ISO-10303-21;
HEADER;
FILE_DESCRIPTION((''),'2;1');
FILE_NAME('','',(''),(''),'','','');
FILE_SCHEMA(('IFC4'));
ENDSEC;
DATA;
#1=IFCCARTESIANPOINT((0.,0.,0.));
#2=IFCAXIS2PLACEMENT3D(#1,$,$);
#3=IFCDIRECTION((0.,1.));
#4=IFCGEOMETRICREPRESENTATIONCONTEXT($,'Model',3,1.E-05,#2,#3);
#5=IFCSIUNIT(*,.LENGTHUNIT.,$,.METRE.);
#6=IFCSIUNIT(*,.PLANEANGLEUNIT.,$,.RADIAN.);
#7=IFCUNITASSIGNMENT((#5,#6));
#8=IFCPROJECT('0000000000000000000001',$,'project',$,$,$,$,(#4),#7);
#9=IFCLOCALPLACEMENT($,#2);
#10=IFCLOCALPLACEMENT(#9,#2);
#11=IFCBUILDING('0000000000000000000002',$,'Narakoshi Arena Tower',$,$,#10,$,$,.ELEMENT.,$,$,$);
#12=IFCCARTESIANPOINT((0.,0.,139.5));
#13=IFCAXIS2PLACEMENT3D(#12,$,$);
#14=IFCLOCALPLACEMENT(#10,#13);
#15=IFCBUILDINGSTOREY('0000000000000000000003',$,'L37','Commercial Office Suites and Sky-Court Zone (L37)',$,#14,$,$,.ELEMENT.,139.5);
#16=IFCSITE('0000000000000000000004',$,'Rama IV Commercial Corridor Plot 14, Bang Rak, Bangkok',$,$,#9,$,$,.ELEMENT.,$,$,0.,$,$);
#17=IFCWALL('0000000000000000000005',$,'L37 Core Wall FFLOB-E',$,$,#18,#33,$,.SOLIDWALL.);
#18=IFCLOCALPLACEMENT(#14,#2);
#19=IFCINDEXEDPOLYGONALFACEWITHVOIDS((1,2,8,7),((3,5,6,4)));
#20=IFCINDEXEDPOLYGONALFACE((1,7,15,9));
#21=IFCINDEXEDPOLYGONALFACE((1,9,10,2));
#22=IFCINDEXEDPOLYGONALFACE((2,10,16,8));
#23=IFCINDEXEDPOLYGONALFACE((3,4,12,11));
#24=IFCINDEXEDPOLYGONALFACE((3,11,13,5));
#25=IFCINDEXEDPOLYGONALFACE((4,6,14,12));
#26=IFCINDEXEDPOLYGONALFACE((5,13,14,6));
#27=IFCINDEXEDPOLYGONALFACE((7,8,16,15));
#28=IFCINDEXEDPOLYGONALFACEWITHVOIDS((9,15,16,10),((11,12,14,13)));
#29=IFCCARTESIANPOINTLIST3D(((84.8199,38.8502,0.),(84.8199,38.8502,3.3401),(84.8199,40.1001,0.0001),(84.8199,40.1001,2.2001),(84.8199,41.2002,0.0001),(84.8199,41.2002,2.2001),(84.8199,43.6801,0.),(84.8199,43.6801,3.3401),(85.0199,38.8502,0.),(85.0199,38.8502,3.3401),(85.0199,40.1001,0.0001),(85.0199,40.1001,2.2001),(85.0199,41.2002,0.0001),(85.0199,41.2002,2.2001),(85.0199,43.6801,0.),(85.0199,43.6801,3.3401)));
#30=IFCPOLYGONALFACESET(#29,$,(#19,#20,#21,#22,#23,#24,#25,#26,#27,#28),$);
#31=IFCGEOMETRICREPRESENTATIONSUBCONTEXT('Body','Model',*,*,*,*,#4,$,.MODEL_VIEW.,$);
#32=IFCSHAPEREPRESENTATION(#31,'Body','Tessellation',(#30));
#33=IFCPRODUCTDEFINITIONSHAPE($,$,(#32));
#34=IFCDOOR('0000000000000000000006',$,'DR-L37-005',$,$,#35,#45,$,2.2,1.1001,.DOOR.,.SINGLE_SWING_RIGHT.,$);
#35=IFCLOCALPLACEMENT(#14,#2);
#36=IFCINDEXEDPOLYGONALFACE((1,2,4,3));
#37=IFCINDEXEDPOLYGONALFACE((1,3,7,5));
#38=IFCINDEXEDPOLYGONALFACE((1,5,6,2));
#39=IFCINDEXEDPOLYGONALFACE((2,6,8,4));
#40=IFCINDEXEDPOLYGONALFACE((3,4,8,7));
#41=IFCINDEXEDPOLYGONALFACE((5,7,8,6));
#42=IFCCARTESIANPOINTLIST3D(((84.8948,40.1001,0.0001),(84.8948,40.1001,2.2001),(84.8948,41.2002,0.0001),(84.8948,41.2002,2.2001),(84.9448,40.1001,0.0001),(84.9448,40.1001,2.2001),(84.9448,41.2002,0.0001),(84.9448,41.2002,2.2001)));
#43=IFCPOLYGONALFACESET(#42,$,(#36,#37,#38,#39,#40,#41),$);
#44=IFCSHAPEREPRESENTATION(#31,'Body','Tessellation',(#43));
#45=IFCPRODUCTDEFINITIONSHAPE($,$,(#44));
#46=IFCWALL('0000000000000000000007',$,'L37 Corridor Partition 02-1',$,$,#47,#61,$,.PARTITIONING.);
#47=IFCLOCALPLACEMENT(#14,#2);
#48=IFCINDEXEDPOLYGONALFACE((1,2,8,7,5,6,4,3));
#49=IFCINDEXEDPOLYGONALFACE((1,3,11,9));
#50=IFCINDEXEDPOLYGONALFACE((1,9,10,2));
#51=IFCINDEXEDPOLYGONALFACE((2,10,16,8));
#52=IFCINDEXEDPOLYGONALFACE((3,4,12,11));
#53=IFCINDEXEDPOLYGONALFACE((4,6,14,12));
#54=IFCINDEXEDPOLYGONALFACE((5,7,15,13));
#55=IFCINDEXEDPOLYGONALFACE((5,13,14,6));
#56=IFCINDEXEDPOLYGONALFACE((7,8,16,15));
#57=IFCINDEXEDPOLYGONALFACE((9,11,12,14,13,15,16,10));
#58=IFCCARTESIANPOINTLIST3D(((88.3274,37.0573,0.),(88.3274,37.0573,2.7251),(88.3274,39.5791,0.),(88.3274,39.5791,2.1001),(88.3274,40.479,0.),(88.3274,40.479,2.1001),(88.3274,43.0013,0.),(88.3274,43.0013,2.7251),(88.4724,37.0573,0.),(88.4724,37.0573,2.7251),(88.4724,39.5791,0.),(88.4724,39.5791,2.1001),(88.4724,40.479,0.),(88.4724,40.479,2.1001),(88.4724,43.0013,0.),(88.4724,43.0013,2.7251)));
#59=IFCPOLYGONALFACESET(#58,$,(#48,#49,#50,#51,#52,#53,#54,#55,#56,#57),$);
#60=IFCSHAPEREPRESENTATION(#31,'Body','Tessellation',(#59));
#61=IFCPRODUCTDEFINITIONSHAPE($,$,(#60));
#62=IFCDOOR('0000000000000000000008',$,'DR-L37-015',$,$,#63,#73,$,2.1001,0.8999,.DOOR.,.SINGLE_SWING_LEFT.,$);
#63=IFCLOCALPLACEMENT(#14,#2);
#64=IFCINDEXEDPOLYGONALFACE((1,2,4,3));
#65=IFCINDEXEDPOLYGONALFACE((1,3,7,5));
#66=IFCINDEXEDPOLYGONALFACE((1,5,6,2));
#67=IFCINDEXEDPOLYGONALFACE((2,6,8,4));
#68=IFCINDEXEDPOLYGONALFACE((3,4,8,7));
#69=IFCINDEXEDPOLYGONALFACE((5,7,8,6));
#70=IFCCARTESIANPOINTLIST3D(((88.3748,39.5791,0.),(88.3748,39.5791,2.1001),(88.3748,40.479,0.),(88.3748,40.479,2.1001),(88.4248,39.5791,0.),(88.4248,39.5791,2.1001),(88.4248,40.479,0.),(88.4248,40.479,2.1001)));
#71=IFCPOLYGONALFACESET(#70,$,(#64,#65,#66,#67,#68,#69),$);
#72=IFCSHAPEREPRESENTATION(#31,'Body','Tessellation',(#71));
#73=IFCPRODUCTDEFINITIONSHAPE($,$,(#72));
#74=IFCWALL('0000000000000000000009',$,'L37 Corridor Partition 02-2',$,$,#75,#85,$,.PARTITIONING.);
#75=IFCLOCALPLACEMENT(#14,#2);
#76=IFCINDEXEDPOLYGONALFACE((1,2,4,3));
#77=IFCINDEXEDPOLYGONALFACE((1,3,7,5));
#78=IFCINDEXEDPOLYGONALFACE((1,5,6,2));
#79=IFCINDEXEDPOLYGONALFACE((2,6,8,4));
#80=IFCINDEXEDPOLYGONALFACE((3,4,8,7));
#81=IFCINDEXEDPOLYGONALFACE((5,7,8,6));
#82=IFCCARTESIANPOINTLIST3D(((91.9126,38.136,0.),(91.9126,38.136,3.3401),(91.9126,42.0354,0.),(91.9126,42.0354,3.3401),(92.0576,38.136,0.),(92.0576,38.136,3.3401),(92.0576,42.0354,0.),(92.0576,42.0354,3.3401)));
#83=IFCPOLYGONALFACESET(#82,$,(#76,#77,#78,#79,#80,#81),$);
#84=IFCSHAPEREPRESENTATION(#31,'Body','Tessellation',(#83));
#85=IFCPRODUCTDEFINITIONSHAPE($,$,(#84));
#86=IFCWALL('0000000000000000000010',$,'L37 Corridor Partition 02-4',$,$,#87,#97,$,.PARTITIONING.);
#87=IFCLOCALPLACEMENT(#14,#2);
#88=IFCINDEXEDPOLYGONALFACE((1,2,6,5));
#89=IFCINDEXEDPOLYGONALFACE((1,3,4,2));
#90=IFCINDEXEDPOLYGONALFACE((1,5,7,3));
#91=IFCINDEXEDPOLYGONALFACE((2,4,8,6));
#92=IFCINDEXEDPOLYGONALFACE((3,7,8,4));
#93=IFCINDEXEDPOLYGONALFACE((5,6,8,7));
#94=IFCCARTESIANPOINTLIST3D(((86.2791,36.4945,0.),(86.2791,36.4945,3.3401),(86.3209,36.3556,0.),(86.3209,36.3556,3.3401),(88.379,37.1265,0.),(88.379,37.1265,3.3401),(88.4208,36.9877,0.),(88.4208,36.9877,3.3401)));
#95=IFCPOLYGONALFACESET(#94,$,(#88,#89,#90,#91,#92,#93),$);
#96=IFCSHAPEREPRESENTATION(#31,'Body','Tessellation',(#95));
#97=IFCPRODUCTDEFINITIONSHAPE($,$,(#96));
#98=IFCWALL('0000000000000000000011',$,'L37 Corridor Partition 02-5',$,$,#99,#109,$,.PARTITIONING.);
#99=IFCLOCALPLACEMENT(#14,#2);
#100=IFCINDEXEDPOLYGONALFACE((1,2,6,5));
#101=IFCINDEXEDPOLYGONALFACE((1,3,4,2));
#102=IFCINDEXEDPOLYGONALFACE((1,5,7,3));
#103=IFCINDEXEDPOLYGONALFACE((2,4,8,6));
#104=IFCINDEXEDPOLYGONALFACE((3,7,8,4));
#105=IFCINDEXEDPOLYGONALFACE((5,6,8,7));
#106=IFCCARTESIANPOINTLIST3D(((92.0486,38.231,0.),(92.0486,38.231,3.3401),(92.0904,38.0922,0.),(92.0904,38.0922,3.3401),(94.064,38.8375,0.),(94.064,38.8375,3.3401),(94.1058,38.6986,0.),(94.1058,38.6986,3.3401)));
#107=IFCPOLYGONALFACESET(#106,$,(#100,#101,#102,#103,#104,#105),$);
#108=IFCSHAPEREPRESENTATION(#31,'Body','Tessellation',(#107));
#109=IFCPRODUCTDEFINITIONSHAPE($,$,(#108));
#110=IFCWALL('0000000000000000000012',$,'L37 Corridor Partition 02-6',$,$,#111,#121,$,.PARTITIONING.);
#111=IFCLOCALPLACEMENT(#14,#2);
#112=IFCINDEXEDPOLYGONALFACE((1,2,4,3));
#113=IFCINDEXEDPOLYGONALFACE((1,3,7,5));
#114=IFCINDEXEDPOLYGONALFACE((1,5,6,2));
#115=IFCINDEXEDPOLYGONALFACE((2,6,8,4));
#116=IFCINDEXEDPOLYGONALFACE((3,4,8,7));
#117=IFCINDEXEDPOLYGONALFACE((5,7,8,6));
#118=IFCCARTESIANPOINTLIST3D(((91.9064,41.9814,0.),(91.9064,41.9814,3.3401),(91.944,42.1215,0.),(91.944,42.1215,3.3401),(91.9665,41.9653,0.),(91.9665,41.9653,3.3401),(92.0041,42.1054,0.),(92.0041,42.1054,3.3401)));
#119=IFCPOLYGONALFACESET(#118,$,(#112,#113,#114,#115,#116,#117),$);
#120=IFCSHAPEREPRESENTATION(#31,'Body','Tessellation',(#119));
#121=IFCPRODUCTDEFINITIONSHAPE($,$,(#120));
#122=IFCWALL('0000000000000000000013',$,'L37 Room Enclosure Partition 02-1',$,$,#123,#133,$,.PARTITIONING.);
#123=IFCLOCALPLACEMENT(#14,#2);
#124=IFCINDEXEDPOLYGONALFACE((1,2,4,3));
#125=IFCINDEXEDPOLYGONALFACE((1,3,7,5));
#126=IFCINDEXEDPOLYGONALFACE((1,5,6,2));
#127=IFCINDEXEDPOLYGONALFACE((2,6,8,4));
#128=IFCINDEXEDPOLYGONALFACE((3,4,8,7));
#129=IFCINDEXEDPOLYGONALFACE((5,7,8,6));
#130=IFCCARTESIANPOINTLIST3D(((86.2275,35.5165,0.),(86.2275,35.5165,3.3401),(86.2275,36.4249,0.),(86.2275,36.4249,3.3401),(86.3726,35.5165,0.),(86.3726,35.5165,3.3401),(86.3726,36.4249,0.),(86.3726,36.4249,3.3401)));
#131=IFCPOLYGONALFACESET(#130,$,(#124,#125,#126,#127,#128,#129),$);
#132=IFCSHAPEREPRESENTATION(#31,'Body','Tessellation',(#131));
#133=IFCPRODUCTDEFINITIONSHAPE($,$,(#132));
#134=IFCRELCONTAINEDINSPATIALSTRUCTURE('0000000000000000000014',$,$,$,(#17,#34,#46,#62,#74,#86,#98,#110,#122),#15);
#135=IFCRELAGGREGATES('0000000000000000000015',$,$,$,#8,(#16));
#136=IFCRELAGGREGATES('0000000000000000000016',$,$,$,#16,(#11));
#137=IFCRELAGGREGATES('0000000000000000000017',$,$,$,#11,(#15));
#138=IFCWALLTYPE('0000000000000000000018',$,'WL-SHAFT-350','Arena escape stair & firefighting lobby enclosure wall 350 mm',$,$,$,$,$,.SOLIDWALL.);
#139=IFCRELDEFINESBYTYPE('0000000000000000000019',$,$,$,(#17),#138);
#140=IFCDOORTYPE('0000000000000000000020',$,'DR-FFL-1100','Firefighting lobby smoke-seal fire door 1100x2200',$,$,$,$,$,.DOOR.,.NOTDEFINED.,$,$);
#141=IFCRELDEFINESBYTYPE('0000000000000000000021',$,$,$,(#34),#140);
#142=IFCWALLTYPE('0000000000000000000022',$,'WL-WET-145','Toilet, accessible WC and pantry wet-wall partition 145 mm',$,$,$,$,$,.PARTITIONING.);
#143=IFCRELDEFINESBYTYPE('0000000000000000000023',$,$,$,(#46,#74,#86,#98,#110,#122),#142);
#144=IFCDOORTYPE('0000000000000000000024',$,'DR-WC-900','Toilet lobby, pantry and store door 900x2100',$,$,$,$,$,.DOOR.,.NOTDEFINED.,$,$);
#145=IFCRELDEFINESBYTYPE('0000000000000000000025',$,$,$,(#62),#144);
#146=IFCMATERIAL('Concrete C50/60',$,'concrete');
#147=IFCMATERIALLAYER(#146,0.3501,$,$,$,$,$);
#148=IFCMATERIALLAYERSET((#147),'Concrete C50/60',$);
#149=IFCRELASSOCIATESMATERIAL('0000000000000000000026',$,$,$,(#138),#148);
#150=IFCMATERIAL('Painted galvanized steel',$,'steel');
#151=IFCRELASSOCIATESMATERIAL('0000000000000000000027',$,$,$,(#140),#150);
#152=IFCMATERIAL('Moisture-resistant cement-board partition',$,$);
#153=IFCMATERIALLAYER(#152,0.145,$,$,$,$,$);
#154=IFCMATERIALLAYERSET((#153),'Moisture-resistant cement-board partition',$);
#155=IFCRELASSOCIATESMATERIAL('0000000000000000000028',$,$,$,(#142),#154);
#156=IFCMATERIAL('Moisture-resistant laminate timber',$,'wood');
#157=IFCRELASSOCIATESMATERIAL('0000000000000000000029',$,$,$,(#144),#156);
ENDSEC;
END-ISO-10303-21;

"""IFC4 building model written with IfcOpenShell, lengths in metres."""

from ifc_helpers import new_model, si_unit, direction, frame, frame_2d, origin, place, context, subcontext, project, spatial, rectangle, extrude, material, layer, layer_set, type_object, element, fill, save


model = new_model("IFC4")

# Units and contexts
model_context = context("Model", 3, precision=1e-05, world=origin(), true_north=direction((0.0, 1.0)))
body_context = subcontext(model_context, "Body", "Model", "MODEL_VIEW")
ifc_project = project(units=[si_unit("LENGTHUNIT", "METRE"), si_unit("PLANEANGLEUNIT", "RADIAN")], contexts=[model_context])

# Site, building, storey
site_placement = place(None, origin())
site = spatial("IfcSite", under=ifc_project, at=site_placement, Name="Rama IV Commercial Corridor Plot 14, Bang Rak, Bangkok", CompositionType="ELEMENT", RefElevation=0.0)
building_placement = place(site_placement, origin())
building = spatial("IfcBuilding", under=site, at=building_placement, Name="Narakoshi Arena Tower", CompositionType="ELEMENT")
storey_placement = place(building_placement, frame((0.0, 0.0, 139.5)))
storey = spatial("IfcBuildingStorey", under=building, at=storey_placement, Name="L37", Description="Commercial Office Suites and Sky-Court Zone (L37)", CompositionType="ELEMENT", Elevation=139.5)

# Shared definitions
ifc_material_1 = material(Name="Concrete C50/60", Category="concrete")
ifc_layer_1 = layer(ifc_material_1, 0.3501)
ifc_layer_set_1 = layer_set([ifc_layer_1], Name="Concrete C50/60")
wall_type_1 = type_object("IfcWallType", Name="WL-SHAFT-350", Description="Arena escape stair & firefighting lobby enclosure wall 350 mm", PredefinedType="SOLIDWALL", material=ifc_layer_set_1)

# Walls, openings, doors
wall_1_placement = place(storey_placement, frame((84.9199, 38.8501, 0.0), z_axis=(0.0, 0.0, 1.0), x_axis=(0.0, 1.0, 0.0)))
wall_1 = element("IfcWall", 1, at=wall_1_placement, inside=storey, type_object=wall_type_1, Name="L37 Core Wall FFLOB-E", PredefinedType="SOLIDWALL", context=body_context, shape_type="SweptSolid", body=[
    extrude(rectangle(XDim=4.8298, YDim=0.2, at=frame_2d((2.415, 0.0))), origin(), (0.0, 0.0, 1.0), 3.3401),
])
opening_1_placement = place(wall_1_placement, frame((1.25, 0.0, 0.0)))
opening_1 = element("IfcOpeningElement", 2, at=opening_1_placement, cuts=wall_1, PredefinedType="OPENING", context=body_context, shape_type="SweptSolid", body=[
    extrude(rectangle(XDim=1.1001, YDim=2.2, at=frame_2d((0.55, 1.1001))), frame((0.0, 0.1099, 0.0), z_axis=(0.0, -1.0, 0.0), x_axis=(1.0, 0.0, 0.0)), (0.0, 0.0, 1.0), 0.22),
])
ifc_material_2 = material(Name="Painted galvanized steel", Category="steel")
door_type_1 = type_object("IfcDoorType", Name="DR-FFL-1100", Description="Firefighting lobby smoke-seal fire door 1100x2200", OperationType="NOTDEFINED", PredefinedType="DOOR", material=ifc_material_2)
door_1_placement = place(opening_1_placement, frame((1.1001, 0.0, 0.0), z_axis=(0.0, 0.0, 1.0), x_axis=(-1.0, 0.0, 0.0)))
door_1 = element("IfcDoor", 3, at=door_1_placement, inside=storey, type_object=door_type_1, Name="DR-L37-005", OperationType="SINGLE_SWING_RIGHT", OverallHeight=2.2, OverallWidth=1.1001, PredefinedType="DOOR", context=body_context, shape_type="SweptSolid", body=[
    extrude(rectangle(XDim=1.1001, YDim=2.2, at=frame_2d((0.55, 1.1001))), frame((0.0, 0.0249, 0.0), z_axis=(0.0, -1.0, 0.0), x_axis=(1.0, 0.0, 0.0)), (0.0, 0.0, 1.0), 0.05),
])
fill(opening_1, door_1)
ifc_material_3 = material(Name="Moisture-resistant cement-board partition")
ifc_layer_2 = layer(ifc_material_3, 0.145)
ifc_layer_set_2 = layer_set([ifc_layer_2], Name="Moisture-resistant cement-board partition")
wall_type_2 = type_object("IfcWallType", Name="WL-WET-145", Description="Toilet, accessible WC and pantry wet-wall partition 145 mm", PredefinedType="PARTITIONING", material=ifc_layer_set_2)
wall_2_placement = place(storey_placement, frame((88.3999, 37.0571, 0.0), z_axis=(0.0, 0.0, 1.0), x_axis=(0.0, 1.0, 0.0)))
wall_2 = element("IfcWall", 4, at=wall_2_placement, inside=storey, type_object=wall_type_2, Name="L37 Corridor Partition 02-1", PredefinedType="PARTITIONING", context=body_context, shape_type="SweptSolid", body=[
    extrude(rectangle(XDim=5.9441, YDim=0.145, at=frame_2d((2.9722, 0.0))), origin(), (0.0, 0.0, 1.0), 2.7251),
])
opening_2_placement = place(wall_2_placement, frame((2.522, 0.0, 0.0)))
opening_2 = element("IfcOpeningElement", 5, at=opening_2_placement, cuts=wall_2, PredefinedType="OPENING", context=body_context, shape_type="SweptSolid", body=[
    extrude(rectangle(XDim=0.8999, YDim=2.1001, at=frame_2d((0.45, 1.05))), frame((0.0, 0.0825, 0.0), z_axis=(0.0, -1.0, 0.0), x_axis=(1.0, 0.0, 0.0)), (0.0, 0.0, 1.0), 0.165),
])
ifc_material_4 = material(Name="Moisture-resistant laminate timber", Category="wood")
door_type_2 = type_object("IfcDoorType", Name="DR-WC-900", Description="Toilet lobby, pantry and store door 900x2100", OperationType="NOTDEFINED", PredefinedType="DOOR", material=ifc_material_4)
door_2_placement = place(opening_2_placement, frame((0.8999, 0.0, 0.0), z_axis=(0.0, 0.0, 1.0), x_axis=(-1.0, 0.0, 0.0)))
door_2 = element("IfcDoor", 6, at=door_2_placement, inside=storey, type_object=door_type_2, Name="DR-L37-015", OperationType="SINGLE_SWING_LEFT", OverallHeight=2.1001, OverallWidth=0.8999, PredefinedType="DOOR", context=body_context, shape_type="SweptSolid", body=[
    extrude(rectangle(XDim=0.8999, YDim=2.1001, at=frame_2d((0.45, 1.05))), frame((0.0, 0.0249, 0.0), z_axis=(0.0, -1.0, 0.0), x_axis=(1.0, 0.0, 0.0)), (0.0, 0.0, 1.0), 0.05),
])
fill(opening_2, door_2)

# Walls
wall_3_placement = place(storey_placement, frame((91.9851, 42.0354, 0.0), z_axis=(0.0, 0.0, 1.0), x_axis=(0.0, -1.0, 0.0)))
element("IfcWall", 7, at=wall_3_placement, inside=storey, type_object=wall_type_2, Name="L37 Corridor Partition 02-2", PredefinedType="PARTITIONING", context=body_context, shape_type="SweptSolid", body=[
    extrude(rectangle(XDim=3.8994, YDim=0.145, at=frame_2d((1.9497, 0.0))), origin(), (0.0, 0.0, 1.0), 3.3401),
])
wall_4_placement = place(storey_placement, frame((86.3, 36.425, 0.0), z_axis=(0.0, 0.0, 1.0), x_axis=(0.957559, 0.288236, 0.0)))
element("IfcWall", 8, at=wall_4_placement, inside=storey, type_object=wall_type_2, Name="L37 Corridor Partition 02-4", PredefinedType="PARTITIONING", context=body_context, shape_type="SweptSolid", body=[
    extrude(rectangle(XDim=2.1929, YDim=0.145, at=frame_2d((1.0964, 0.0))), origin(), (0.0, 0.0, 1.0), 3.3401),
])
wall_5_placement = place(storey_placement, frame((92.0696, 38.1616, 0.0), z_axis=(0.0, 0.0, 1.0), x_axis=(0.957587, 0.288146, 0.0)))
element("IfcWall", 9, at=wall_5_placement, inside=storey, type_object=wall_type_2, Name="L37 Corridor Partition 02-5", PredefinedType="PARTITIONING", context=body_context, shape_type="SweptSolid", body=[
    extrude(rectangle(XDim=2.1047, YDim=0.145, at=frame_2d((1.0522, 0.0))), origin(), (0.0, 0.0, 1.0), 3.3401),
])
wall_6_placement = place(storey_placement, frame((91.925, 42.0515, 0.0), z_axis=(0.0, 0.0, 1.0), x_axis=(0.965843, -0.259129, 0.0)))
element("IfcWall", 10, at=wall_6_placement, inside=storey, type_object=wall_type_2, Name="L37 Corridor Partition 02-6", PredefinedType="PARTITIONING", context=body_context, shape_type="SweptSolid", body=[
    extrude(rectangle(XDim=0.0623, YDim=0.145, at=frame_2d((0.0312, 0.0))), origin(), (0.0, 0.0, 1.0), 3.3401),
])
wall_7_placement = place(storey_placement, frame((86.3, 35.5166, 0.0), z_axis=(0.0, 0.0, 1.0), x_axis=(0.0, 1.0, 0.0)))
element("IfcWall", 11, at=wall_7_placement, inside=storey, type_object=wall_type_2, Name="L37 Room Enclosure Partition 02-1", PredefinedType="PARTITIONING", context=body_context, shape_type="SweptSolid", body=[
    extrude(rectangle(XDim=0.9084, YDim=0.145, at=frame_2d((0.4541, 0.0))), origin(), (0.0, 0.0, 1.0), 3.3401),
])

save(model, "model.ifc")
